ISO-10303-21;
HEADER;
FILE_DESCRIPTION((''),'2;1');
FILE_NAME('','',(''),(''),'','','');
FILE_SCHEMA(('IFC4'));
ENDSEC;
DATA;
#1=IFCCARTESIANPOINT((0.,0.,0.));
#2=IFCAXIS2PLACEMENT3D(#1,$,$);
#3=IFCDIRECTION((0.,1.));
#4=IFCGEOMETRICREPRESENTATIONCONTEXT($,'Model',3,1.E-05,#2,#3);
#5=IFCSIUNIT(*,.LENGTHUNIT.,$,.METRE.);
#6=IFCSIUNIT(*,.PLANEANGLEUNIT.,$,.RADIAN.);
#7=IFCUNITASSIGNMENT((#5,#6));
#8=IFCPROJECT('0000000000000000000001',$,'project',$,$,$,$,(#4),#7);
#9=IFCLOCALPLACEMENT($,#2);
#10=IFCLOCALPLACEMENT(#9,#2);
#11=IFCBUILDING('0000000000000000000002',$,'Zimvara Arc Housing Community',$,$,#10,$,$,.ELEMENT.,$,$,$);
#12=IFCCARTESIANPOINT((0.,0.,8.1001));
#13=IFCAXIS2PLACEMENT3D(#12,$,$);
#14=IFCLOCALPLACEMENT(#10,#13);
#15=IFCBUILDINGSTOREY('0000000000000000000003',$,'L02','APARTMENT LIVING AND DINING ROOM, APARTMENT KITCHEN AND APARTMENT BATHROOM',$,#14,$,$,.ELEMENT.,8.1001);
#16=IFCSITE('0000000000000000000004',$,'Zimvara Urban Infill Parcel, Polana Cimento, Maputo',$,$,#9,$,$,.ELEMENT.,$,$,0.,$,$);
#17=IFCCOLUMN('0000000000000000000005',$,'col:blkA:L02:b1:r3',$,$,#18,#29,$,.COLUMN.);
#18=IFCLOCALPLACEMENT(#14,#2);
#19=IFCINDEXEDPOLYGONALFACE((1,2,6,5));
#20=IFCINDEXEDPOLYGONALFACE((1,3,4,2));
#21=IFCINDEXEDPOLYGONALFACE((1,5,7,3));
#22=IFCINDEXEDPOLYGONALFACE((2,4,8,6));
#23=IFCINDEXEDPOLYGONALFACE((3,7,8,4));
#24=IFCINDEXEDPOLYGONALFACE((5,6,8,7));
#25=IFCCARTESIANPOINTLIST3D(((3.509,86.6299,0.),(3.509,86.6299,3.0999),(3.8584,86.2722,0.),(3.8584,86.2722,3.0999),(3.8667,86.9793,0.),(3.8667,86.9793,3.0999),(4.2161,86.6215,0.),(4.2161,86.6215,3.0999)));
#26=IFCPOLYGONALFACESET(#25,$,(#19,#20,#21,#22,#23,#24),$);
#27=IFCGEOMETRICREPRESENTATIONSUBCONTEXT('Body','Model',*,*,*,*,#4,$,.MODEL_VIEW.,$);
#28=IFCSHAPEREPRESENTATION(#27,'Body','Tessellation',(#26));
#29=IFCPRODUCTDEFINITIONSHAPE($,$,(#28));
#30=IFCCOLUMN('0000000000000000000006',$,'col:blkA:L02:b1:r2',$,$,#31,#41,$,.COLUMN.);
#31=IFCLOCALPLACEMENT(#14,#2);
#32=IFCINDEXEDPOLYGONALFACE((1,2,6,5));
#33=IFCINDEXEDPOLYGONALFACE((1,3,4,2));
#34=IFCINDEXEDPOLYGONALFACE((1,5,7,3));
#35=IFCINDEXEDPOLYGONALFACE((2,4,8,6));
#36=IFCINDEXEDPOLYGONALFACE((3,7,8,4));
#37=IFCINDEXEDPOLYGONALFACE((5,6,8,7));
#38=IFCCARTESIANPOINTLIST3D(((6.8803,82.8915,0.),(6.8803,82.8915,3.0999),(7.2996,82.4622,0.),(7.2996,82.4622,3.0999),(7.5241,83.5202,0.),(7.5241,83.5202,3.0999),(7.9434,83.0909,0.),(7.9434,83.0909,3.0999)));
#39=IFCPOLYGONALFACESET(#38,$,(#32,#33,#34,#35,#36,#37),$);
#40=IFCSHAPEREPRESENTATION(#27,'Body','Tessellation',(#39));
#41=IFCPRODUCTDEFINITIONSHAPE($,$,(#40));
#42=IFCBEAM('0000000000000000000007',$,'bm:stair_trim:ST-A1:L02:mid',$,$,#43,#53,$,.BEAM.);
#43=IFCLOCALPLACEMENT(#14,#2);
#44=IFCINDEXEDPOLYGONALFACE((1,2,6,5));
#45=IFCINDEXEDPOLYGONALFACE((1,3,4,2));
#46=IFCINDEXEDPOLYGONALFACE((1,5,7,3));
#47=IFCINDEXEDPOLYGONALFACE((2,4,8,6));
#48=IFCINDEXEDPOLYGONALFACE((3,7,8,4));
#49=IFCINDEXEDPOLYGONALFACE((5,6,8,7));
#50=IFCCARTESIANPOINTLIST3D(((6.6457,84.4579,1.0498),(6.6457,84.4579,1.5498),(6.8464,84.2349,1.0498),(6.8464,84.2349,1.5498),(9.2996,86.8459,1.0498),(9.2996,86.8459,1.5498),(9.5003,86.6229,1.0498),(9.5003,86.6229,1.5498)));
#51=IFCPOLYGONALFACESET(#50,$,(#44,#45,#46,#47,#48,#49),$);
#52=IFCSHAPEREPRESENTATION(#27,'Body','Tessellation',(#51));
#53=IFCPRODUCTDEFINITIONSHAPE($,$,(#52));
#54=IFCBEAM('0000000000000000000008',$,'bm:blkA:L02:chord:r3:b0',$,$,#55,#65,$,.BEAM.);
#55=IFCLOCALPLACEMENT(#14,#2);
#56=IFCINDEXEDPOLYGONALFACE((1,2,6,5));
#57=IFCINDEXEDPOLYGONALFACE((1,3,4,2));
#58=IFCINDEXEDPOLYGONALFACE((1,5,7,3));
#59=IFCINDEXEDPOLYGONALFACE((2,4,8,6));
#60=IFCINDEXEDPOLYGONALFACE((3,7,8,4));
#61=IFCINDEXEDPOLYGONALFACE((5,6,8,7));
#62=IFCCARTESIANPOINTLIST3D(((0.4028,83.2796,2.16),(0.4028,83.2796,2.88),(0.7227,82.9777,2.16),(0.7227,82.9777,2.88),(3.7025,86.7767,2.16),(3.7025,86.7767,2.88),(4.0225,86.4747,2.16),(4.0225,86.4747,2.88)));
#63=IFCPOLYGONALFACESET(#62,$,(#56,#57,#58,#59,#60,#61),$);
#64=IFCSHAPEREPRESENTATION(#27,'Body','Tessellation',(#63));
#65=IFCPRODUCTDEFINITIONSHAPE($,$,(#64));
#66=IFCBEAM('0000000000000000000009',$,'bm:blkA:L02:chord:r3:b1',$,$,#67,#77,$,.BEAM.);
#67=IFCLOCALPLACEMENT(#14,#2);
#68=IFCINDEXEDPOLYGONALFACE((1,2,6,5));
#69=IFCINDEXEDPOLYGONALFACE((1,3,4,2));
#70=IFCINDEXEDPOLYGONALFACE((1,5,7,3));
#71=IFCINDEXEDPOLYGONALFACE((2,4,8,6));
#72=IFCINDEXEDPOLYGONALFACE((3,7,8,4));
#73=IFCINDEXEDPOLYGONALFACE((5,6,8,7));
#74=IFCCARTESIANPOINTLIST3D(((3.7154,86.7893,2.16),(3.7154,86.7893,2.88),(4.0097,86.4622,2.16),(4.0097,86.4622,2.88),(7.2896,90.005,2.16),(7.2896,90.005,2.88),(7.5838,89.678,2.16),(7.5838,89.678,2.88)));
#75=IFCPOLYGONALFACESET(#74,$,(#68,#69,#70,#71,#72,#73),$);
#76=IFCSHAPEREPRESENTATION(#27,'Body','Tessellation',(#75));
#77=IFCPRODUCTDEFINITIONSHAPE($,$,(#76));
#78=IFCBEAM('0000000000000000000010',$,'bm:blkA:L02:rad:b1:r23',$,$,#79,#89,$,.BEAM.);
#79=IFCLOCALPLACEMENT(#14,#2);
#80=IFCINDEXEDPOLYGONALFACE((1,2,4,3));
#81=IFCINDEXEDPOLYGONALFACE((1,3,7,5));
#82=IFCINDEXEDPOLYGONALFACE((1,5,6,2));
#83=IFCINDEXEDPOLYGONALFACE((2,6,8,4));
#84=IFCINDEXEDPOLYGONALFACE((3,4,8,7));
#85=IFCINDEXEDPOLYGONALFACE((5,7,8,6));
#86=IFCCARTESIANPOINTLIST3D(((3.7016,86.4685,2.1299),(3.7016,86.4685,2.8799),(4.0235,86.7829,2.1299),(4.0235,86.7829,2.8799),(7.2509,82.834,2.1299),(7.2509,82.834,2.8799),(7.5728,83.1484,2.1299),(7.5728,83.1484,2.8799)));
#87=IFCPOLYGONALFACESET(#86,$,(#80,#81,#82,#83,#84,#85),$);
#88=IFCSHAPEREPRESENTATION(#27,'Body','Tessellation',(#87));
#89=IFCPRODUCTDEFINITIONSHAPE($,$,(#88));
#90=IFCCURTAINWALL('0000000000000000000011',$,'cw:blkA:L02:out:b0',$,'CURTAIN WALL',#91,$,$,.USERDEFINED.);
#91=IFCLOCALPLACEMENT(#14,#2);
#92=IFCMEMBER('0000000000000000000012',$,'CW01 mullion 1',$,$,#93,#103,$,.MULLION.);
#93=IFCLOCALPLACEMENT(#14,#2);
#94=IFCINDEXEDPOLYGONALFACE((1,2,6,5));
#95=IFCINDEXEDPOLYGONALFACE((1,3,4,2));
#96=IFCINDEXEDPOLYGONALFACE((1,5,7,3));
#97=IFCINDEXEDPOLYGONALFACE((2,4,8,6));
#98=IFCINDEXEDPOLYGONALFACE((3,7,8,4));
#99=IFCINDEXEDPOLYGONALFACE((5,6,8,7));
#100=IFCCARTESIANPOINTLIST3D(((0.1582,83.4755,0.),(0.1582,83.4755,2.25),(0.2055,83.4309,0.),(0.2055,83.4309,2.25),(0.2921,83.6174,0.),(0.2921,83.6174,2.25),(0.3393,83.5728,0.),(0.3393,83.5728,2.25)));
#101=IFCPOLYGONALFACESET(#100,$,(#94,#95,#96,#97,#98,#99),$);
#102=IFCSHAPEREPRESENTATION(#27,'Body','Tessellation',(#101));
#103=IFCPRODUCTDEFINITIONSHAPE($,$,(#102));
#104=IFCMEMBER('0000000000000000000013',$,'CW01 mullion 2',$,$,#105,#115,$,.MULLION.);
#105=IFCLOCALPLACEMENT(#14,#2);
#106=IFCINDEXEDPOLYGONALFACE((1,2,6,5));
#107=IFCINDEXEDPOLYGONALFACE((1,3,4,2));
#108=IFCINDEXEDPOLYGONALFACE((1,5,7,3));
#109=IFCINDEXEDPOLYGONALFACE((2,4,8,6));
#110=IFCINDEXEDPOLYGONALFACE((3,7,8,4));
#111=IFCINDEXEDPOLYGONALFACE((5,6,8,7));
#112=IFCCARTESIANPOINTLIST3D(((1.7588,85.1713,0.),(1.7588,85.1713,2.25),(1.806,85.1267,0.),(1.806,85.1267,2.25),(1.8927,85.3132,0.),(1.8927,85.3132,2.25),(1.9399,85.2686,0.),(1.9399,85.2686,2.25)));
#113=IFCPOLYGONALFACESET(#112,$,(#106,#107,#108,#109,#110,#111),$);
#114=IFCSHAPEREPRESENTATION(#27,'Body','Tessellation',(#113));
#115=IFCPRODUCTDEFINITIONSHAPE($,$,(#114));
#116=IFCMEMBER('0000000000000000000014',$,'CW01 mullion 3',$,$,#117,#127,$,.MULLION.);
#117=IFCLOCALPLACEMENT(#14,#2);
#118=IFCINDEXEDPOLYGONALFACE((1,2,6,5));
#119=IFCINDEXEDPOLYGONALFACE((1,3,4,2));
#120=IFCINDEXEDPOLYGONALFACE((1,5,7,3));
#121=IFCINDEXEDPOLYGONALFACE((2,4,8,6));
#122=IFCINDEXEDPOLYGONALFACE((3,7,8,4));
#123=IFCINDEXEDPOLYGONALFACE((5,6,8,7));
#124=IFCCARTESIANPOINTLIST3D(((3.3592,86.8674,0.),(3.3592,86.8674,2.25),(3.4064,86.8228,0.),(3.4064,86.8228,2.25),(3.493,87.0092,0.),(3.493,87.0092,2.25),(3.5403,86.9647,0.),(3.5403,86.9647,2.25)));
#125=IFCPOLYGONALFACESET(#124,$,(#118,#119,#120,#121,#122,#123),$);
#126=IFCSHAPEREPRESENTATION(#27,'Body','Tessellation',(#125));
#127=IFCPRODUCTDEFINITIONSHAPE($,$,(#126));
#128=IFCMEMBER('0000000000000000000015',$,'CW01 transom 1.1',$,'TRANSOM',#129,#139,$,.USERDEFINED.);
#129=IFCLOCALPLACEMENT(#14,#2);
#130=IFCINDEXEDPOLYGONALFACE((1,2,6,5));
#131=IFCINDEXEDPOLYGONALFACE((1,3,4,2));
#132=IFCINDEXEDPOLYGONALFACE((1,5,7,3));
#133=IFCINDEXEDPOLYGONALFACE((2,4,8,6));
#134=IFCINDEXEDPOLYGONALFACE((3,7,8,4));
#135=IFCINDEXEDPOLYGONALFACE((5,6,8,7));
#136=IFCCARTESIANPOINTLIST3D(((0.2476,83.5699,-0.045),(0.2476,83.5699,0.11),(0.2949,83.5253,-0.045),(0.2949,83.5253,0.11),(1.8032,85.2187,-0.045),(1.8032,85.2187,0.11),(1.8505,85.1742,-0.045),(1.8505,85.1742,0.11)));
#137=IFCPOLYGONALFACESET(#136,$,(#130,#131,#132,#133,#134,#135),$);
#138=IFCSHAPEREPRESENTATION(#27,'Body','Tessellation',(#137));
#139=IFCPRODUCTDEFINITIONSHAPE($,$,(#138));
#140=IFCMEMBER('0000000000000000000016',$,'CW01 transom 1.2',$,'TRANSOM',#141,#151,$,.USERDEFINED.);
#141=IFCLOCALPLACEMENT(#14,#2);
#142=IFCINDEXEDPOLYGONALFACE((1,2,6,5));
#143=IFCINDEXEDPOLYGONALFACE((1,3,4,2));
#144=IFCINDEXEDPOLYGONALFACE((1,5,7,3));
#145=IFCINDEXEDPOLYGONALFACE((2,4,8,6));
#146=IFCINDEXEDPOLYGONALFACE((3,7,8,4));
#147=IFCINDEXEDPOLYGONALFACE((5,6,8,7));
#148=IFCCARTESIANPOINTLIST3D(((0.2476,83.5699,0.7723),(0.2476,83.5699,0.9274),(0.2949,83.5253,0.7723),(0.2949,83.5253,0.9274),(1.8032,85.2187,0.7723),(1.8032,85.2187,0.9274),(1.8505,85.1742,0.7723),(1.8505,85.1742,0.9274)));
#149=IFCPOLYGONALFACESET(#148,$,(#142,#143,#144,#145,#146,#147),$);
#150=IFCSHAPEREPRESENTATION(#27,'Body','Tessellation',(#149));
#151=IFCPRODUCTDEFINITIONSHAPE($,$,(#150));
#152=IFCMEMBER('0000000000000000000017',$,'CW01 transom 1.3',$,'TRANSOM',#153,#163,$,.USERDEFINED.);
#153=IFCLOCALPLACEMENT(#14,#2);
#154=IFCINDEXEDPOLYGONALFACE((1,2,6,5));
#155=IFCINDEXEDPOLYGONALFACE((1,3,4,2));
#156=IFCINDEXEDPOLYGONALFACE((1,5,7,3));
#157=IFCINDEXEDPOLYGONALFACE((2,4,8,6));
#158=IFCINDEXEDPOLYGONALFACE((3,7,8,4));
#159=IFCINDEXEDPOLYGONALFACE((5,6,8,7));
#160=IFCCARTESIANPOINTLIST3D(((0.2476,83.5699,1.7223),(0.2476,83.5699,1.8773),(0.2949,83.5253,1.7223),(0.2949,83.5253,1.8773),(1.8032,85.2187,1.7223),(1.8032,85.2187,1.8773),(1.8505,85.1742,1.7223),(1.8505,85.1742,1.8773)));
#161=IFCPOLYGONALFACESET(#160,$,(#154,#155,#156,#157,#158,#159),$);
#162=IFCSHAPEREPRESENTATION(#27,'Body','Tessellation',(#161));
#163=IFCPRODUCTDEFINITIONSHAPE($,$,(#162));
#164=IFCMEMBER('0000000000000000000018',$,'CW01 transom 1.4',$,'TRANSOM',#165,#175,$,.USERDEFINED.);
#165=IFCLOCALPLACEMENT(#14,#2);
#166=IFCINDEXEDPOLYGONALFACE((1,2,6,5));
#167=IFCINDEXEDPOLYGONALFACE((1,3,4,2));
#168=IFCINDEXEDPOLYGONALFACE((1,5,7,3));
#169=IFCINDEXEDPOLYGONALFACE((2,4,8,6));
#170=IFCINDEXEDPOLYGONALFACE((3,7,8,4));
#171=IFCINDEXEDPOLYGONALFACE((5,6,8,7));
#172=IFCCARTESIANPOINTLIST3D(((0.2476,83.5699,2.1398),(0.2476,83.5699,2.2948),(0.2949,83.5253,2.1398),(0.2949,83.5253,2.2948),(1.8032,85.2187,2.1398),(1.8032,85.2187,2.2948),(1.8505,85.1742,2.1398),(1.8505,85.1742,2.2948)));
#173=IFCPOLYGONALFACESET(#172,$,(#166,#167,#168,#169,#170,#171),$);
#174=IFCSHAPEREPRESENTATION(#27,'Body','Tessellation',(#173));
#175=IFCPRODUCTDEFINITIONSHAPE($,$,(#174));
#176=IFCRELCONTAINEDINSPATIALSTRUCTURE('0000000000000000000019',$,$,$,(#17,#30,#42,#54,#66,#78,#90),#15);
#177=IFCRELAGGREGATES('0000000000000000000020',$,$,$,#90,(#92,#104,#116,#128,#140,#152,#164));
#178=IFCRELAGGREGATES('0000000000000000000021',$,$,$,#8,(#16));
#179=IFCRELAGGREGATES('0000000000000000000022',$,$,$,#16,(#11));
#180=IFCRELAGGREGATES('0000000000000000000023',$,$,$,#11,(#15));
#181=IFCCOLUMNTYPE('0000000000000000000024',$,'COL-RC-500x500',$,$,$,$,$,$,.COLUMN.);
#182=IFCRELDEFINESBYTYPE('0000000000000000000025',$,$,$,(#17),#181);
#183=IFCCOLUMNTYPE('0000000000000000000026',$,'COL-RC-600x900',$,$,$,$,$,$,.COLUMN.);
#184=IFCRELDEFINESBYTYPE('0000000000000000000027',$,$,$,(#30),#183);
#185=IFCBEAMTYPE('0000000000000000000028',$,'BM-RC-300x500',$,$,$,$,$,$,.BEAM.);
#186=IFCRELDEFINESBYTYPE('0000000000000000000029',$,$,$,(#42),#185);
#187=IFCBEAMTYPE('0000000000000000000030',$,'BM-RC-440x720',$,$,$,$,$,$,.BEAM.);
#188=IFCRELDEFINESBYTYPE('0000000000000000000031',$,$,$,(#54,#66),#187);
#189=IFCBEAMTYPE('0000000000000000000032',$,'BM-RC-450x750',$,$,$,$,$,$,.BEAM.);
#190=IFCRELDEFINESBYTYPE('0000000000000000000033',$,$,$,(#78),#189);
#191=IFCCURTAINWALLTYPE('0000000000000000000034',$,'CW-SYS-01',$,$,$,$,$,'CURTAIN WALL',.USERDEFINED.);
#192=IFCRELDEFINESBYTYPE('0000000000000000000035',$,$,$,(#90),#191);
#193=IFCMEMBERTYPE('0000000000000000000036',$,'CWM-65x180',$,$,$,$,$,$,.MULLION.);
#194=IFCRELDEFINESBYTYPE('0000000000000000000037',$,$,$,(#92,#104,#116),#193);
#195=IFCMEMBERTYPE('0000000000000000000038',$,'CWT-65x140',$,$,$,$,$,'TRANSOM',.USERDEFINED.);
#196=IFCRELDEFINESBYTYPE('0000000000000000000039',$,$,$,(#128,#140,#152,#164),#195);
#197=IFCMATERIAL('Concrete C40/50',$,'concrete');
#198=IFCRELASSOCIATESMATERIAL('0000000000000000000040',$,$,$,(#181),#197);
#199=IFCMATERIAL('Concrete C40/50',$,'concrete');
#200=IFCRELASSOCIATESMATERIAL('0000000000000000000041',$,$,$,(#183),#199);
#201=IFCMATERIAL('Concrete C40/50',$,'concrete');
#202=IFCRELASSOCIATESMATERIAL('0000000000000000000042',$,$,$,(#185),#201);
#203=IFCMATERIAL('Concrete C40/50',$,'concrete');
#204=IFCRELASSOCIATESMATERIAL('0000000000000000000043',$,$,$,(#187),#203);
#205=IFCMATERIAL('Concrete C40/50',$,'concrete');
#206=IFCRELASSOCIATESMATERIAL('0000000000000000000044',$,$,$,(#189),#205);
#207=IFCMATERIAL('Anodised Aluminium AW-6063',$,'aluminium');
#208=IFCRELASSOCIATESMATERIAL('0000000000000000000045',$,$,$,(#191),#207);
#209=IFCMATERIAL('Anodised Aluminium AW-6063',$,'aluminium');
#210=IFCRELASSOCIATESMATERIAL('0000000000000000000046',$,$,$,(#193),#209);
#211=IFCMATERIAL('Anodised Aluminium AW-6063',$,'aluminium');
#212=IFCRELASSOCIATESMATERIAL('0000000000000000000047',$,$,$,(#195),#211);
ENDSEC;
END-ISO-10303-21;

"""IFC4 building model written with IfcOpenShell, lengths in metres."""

from ifc_helpers import new_model, si_unit, direction, frame, origin, origin_2d, place, context, subcontext, project, spatial, rectangle, extrude, material, material_profile, profile_set, type_object, element, aggregate, save


model = new_model("IFC4")

# Units and contexts
model_context = context("Model", 3, precision=1e-05, world=origin(), true_north=direction((0.0, 1.0)))
body_context = subcontext(model_context, "Body", "Model", "MODEL_VIEW")
ifc_project = project(units=[si_unit("LENGTHUNIT", "METRE"), si_unit("PLANEANGLEUNIT", "RADIAN")], contexts=[model_context])

# Site, building, storey
site_placement = place(None, origin())
site = spatial("IfcSite", under=ifc_project, at=site_placement, Name="Zimvara Urban Infill Parcel, Polana Cimento, Maputo", CompositionType="ELEMENT", RefElevation=0.0)
building_placement = place(site_placement, origin())
building = spatial("IfcBuilding", under=site, at=building_placement, Name="Zimvara Arc Housing Community", CompositionType="ELEMENT")
storey_placement = place(building_placement, frame((0.0, 0.0, 8.1001)))
storey = spatial("IfcBuildingStorey", under=building, at=storey_placement, Name="L02", Description="APARTMENT LIVING AND DINING ROOM, APARTMENT KITCHEN AND APARTMENT BATHROOM", CompositionType="ELEMENT", Elevation=8.1001)

# Columns
ifc_material_1 = material(Name="Concrete C40/50", Category="concrete")
ifc_material_profile_1 = material_profile(ifc_material_1, rectangle(XDim=0.5, YDim=0.5, at=origin_2d()), Name="RC 500x500")
ifc_profile_set_1 = profile_set([ifc_material_profile_1], Name="Concrete C40/50")
column_type_1 = type_object("IfcColumnType", Name="COL-RC-500x500", PredefinedType="COLUMN", material=ifc_profile_set_1)
column_1_placement = place(storey_placement, frame((3.8625, 86.6257, 0.0), z_axis=(0.0, 0.0, 1.0), x_axis=(-0.698665, 0.715449, 0.0)))
element("IfcColumn", 1, at=column_1_placement, inside=storey, type_object=column_type_1, Name="col:blkA:L02:b1:r3", PredefinedType="COLUMN", context=body_context, shape_type="SweptSolid", body=[
    extrude(rectangle(XDim=0.5, YDim=0.5, at=origin_2d()), origin(), (0.0, 0.0, 1.0), 3.0999),
])
ifc_material_2 = material(Name="Concrete C40/50", Category="concrete")
ifc_material_profile_2 = material_profile(ifc_material_2, rectangle(XDim=0.6001, YDim=0.8999, at=origin_2d()), Name="RC 600x900")
ifc_profile_set_2 = profile_set([ifc_material_profile_2], Name="Concrete C40/50")
column_type_2 = type_object("IfcColumnType", Name="COL-RC-600x900", PredefinedType="COLUMN", material=ifc_profile_set_2)
column_2_placement = place(storey_placement, frame((7.4119, 82.9912, 0.0), z_axis=(0.0, 0.0, 1.0), x_axis=(-0.698665, 0.715449, 0.0)))
element("IfcColumn", 2, at=column_2_placement, inside=storey, type_object=column_type_2, Name="col:blkA:L02:b1:r2", PredefinedType="COLUMN", context=body_context, shape_type="SweptSolid", body=[
    extrude(rectangle(XDim=0.6001, YDim=0.8999, at=origin_2d()), origin(), (0.0, 0.0, 1.0), 3.0999),
])

# Beams
ifc_material_3 = material(Name="Concrete C40/50", Category="concrete")
ifc_material_profile_3 = material_profile(ifc_material_3, rectangle(XDim=0.3, YDim=0.5, at=origin_2d()), Name="RC 300x500")
ifc_profile_set_3 = profile_set([ifc_material_profile_3], Name="Concrete C40/50")
beam_type_1 = type_object("IfcBeamType", Name="BM-RC-300x500", PredefinedType="BEAM", material=ifc_profile_set_3)
beam_1_placement = place(storey_placement, frame((9.3999, 86.7344, 1.2998), z_axis=(-0.743362, -0.668889, 0.0), x_axis=(0.668889, -0.743362, 0.0)))
element("IfcBeam", 3, at=beam_1_placement, inside=storey, type_object=beam_type_1, Name="bm:stair_trim:ST-A1:L02:mid", PredefinedType="BEAM", context=body_context, shape_type="SweptSolid", body=[
    extrude(rectangle(XDim=0.3, YDim=0.5, at=origin_2d()), origin(), (0.0, 0.0, 1.0), 3.5701),
])
ifc_material_4 = material(Name="Concrete C40/50", Category="concrete")
ifc_material_profile_4 = material_profile(ifc_material_4, rectangle(XDim=0.4399, YDim=0.72, at=origin_2d()), Name="RC 440x720")
ifc_profile_set_4 = profile_set([ifc_material_profile_4], Name="Concrete C40/50")
beam_type_2 = type_object("IfcBeamType", Name="BM-RC-440x720", PredefinedType="BEAM", material=ifc_profile_set_4)
beam_2_placement = place(storey_placement, frame((0.5627, 83.1287, 2.52), z_axis=(0.686295, 0.727323, 0.0), x_axis=(-0.727323, 0.686295, 0.0)))
element("IfcBeam", 4, at=beam_2_placement, inside=storey, type_object=beam_type_2, Name="bm:blkA:L02:chord:r3:b0", PredefinedType="BEAM", context=body_context, shape_type="SweptSolid", body=[
    extrude(rectangle(XDim=0.4399, YDim=0.72, at=origin_2d()), origin(), (0.0, 0.0, 1.0), 4.8081),
])
beam_3_placement = place(storey_placement, frame((3.8625, 86.6257, 2.52), z_axis=(0.743395, 0.668853, 0.0), x_axis=(-0.668853, 0.743395, 0.0)))
element("IfcBeam", 5, at=beam_3_placement, inside=storey, type_object=beam_type_2, Name="bm:blkA:L02:chord:r3:b1", PredefinedType="BEAM", context=body_context, shape_type="SweptSolid", body=[
    extrude(rectangle(XDim=0.4399, YDim=0.72, at=origin_2d()), origin(), (0.0, 0.0, 1.0), 4.8079),
])
ifc_material_5 = material(Name="Concrete C40/50", Category="concrete")
ifc_material_profile_5 = material_profile(ifc_material_5, rectangle(XDim=0.45, YDim=0.75, at=origin_2d()), Name="RC 450x750")
ifc_profile_set_5 = profile_set([ifc_material_profile_5], Name="Concrete C40/50")
beam_type_3 = type_object("IfcBeamType", Name="BM-RC-450x750", PredefinedType="BEAM", material=ifc_profile_set_5)
beam_4_placement = place(storey_placement, frame((7.4119, 82.9912, 2.5049), z_axis=(-0.698671, 0.715443, 0.0), x_axis=(-0.715443, -0.698671, 0.0)))
element("IfcBeam", 6, at=beam_4_placement, inside=storey, type_object=beam_type_3, Name="bm:blkA:L02:rad:b1:r23", PredefinedType="BEAM", context=body_context, shape_type="SweptSolid", body=[
    extrude(rectangle(XDim=0.45, YDim=0.75, at=origin_2d()), origin(), (0.0, 0.0, 1.0), 5.0801),
])

# Curtain wall, members
ifc_material_6 = material(Name="Anodised Aluminium AW-6063", Category="aluminium")
curtain_wall_type = type_object("IfcCurtainWallType", Name="CW-SYS-01", ElementType="CURTAIN WALL", PredefinedType="USERDEFINED", material=ifc_material_6)
curtain_wall_placement = place(storey_placement, origin())
curtain_wall = element("IfcCurtainWall", 7, at=curtain_wall_placement, inside=storey, type_object=curtain_wall_type, Name="cw:blkA:L02:out:b0", ObjectType="CURTAIN WALL", PredefinedType="USERDEFINED")
ifc_material_7 = material(Name="Anodised Aluminium AW-6063", Category="aluminium")
ifc_material_profile_6 = material_profile(ifc_material_7, rectangle(XDim=0.0649, YDim=0.1951, at=origin_2d()), Name="ALU 65x195")
ifc_profile_set_6 = profile_set([ifc_material_profile_6], Name="Anodised Aluminium AW-6063")
member_type_1 = type_object("IfcMemberType", Name="CWM-65x180", PredefinedType="MULLION", material=ifc_profile_set_6)
member_1_placement = place(storey_placement, frame((0.2488, 83.5242, 0.0), z_axis=(0.0, 0.0, 1.0), x_axis=(-0.727294, 0.686326, 0.0)))
member_1 = element("IfcMember", 8, at=member_1_placement, type_object=member_type_1, Name="CW01 mullion 1", PredefinedType="MULLION", context=body_context, shape_type="SweptSolid", body=[
    extrude(rectangle(XDim=0.0649, YDim=0.1951, at=origin_2d()), origin(), (0.0, 0.0, 1.0), 2.25),
])
member_2_placement = place(storey_placement, frame((1.8494, 85.22, 0.0), z_axis=(0.0, 0.0, 1.0), x_axis=(-0.727294, 0.686326, 0.0)))
member_2 = element("IfcMember", 9, at=member_2_placement, type_object=member_type_1, Name="CW01 mullion 2", PredefinedType="MULLION", context=body_context, shape_type="SweptSolid", body=[
    extrude(rectangle(XDim=0.0649, YDim=0.1951, at=origin_2d()), origin(), (0.0, 0.0, 1.0), 2.25),
])
member_3_placement = place(storey_placement, frame((3.4497, 86.916, 0.0), z_axis=(0.0, 0.0, 1.0), x_axis=(-0.727294, 0.686326, 0.0)))
member_3 = element("IfcMember", 10, at=member_3_placement, type_object=member_type_1, Name="CW01 mullion 3", PredefinedType="MULLION", context=body_context, shape_type="SweptSolid", body=[
    extrude(rectangle(XDim=0.0649, YDim=0.1951, at=origin_2d()), origin(), (0.0, 0.0, 1.0), 2.25),
])
ifc_material_8 = material(Name="Anodised Aluminium AW-6063", Category="aluminium")
ifc_material_profile_7 = material_profile(ifc_material_8, rectangle(XDim=0.0649, YDim=0.155, at=origin_2d()), Name="ALU 65x155")
ifc_profile_set_7 = profile_set([ifc_material_profile_7], Name="Anodised Aluminium AW-6063")
member_type_2 = type_object("IfcMemberType", Name="CWT-65x140", ElementType="TRANSOM", PredefinedType="USERDEFINED", material=ifc_profile_set_7)
member_4_placement = place(storey_placement, frame((0.2712, 83.5476, 0.0325), z_axis=(0.686238, 0.727377, 0.0), x_axis=(-0.727377, 0.686238, 0.0)))
member_4 = element("IfcMember", 11, at=member_4_placement, type_object=member_type_2, Name="CW01 transom 1.1", ObjectType="TRANSOM", PredefinedType="USERDEFINED", context=body_context, shape_type="SweptSolid", body=[
    extrude(rectangle(XDim=0.0649, YDim=0.155, at=origin_2d()), origin(), (0.0, 0.0, 1.0), 2.2668),
])
member_5_placement = place(storey_placement, frame((0.2712, 83.5476, 0.8499), z_axis=(0.686238, 0.727377, 0.0), x_axis=(-0.727377, 0.686238, 0.0)))
member_5 = element("IfcMember", 12, at=member_5_placement, type_object=member_type_2, Name="CW01 transom 1.2", ObjectType="TRANSOM", PredefinedType="USERDEFINED", context=body_context, shape_type="SweptSolid", body=[
    extrude(rectangle(XDim=0.0649, YDim=0.155, at=origin_2d()), origin(), (0.0, 0.0, 1.0), 2.2668),
])
member_6_placement = place(storey_placement, frame((0.2712, 83.5476, 1.7998), z_axis=(0.686238, 0.727377, 0.0), x_axis=(-0.727377, 0.686238, 0.0)))
member_6 = element("IfcMember", 13, at=member_6_placement, type_object=member_type_2, Name="CW01 transom 1.3", ObjectType="TRANSOM", PredefinedType="USERDEFINED", context=body_context, shape_type="SweptSolid", body=[
    extrude(rectangle(XDim=0.0649, YDim=0.155, at=origin_2d()), origin(), (0.0, 0.0, 1.0), 2.2668),
])
member_7_placement = place(storey_placement, frame((0.2712, 83.5476, 2.2173), z_axis=(0.686238, 0.727377, 0.0), x_axis=(-0.727377, 0.686238, 0.0)))
member_7 = element("IfcMember", 14, at=member_7_placement, type_object=member_type_2, Name="CW01 transom 1.4", ObjectType="TRANSOM", PredefinedType="USERDEFINED", context=body_context, shape_type="SweptSolid", body=[
    extrude(rectangle(XDim=0.0649, YDim=0.155, at=origin_2d()), origin(), (0.0, 0.0, 1.0), 2.2668),
])
aggregate(curtain_wall, [member_1, member_2, member_3, member_4, member_5, member_6, member_7])

save(model, "model.ifc")
